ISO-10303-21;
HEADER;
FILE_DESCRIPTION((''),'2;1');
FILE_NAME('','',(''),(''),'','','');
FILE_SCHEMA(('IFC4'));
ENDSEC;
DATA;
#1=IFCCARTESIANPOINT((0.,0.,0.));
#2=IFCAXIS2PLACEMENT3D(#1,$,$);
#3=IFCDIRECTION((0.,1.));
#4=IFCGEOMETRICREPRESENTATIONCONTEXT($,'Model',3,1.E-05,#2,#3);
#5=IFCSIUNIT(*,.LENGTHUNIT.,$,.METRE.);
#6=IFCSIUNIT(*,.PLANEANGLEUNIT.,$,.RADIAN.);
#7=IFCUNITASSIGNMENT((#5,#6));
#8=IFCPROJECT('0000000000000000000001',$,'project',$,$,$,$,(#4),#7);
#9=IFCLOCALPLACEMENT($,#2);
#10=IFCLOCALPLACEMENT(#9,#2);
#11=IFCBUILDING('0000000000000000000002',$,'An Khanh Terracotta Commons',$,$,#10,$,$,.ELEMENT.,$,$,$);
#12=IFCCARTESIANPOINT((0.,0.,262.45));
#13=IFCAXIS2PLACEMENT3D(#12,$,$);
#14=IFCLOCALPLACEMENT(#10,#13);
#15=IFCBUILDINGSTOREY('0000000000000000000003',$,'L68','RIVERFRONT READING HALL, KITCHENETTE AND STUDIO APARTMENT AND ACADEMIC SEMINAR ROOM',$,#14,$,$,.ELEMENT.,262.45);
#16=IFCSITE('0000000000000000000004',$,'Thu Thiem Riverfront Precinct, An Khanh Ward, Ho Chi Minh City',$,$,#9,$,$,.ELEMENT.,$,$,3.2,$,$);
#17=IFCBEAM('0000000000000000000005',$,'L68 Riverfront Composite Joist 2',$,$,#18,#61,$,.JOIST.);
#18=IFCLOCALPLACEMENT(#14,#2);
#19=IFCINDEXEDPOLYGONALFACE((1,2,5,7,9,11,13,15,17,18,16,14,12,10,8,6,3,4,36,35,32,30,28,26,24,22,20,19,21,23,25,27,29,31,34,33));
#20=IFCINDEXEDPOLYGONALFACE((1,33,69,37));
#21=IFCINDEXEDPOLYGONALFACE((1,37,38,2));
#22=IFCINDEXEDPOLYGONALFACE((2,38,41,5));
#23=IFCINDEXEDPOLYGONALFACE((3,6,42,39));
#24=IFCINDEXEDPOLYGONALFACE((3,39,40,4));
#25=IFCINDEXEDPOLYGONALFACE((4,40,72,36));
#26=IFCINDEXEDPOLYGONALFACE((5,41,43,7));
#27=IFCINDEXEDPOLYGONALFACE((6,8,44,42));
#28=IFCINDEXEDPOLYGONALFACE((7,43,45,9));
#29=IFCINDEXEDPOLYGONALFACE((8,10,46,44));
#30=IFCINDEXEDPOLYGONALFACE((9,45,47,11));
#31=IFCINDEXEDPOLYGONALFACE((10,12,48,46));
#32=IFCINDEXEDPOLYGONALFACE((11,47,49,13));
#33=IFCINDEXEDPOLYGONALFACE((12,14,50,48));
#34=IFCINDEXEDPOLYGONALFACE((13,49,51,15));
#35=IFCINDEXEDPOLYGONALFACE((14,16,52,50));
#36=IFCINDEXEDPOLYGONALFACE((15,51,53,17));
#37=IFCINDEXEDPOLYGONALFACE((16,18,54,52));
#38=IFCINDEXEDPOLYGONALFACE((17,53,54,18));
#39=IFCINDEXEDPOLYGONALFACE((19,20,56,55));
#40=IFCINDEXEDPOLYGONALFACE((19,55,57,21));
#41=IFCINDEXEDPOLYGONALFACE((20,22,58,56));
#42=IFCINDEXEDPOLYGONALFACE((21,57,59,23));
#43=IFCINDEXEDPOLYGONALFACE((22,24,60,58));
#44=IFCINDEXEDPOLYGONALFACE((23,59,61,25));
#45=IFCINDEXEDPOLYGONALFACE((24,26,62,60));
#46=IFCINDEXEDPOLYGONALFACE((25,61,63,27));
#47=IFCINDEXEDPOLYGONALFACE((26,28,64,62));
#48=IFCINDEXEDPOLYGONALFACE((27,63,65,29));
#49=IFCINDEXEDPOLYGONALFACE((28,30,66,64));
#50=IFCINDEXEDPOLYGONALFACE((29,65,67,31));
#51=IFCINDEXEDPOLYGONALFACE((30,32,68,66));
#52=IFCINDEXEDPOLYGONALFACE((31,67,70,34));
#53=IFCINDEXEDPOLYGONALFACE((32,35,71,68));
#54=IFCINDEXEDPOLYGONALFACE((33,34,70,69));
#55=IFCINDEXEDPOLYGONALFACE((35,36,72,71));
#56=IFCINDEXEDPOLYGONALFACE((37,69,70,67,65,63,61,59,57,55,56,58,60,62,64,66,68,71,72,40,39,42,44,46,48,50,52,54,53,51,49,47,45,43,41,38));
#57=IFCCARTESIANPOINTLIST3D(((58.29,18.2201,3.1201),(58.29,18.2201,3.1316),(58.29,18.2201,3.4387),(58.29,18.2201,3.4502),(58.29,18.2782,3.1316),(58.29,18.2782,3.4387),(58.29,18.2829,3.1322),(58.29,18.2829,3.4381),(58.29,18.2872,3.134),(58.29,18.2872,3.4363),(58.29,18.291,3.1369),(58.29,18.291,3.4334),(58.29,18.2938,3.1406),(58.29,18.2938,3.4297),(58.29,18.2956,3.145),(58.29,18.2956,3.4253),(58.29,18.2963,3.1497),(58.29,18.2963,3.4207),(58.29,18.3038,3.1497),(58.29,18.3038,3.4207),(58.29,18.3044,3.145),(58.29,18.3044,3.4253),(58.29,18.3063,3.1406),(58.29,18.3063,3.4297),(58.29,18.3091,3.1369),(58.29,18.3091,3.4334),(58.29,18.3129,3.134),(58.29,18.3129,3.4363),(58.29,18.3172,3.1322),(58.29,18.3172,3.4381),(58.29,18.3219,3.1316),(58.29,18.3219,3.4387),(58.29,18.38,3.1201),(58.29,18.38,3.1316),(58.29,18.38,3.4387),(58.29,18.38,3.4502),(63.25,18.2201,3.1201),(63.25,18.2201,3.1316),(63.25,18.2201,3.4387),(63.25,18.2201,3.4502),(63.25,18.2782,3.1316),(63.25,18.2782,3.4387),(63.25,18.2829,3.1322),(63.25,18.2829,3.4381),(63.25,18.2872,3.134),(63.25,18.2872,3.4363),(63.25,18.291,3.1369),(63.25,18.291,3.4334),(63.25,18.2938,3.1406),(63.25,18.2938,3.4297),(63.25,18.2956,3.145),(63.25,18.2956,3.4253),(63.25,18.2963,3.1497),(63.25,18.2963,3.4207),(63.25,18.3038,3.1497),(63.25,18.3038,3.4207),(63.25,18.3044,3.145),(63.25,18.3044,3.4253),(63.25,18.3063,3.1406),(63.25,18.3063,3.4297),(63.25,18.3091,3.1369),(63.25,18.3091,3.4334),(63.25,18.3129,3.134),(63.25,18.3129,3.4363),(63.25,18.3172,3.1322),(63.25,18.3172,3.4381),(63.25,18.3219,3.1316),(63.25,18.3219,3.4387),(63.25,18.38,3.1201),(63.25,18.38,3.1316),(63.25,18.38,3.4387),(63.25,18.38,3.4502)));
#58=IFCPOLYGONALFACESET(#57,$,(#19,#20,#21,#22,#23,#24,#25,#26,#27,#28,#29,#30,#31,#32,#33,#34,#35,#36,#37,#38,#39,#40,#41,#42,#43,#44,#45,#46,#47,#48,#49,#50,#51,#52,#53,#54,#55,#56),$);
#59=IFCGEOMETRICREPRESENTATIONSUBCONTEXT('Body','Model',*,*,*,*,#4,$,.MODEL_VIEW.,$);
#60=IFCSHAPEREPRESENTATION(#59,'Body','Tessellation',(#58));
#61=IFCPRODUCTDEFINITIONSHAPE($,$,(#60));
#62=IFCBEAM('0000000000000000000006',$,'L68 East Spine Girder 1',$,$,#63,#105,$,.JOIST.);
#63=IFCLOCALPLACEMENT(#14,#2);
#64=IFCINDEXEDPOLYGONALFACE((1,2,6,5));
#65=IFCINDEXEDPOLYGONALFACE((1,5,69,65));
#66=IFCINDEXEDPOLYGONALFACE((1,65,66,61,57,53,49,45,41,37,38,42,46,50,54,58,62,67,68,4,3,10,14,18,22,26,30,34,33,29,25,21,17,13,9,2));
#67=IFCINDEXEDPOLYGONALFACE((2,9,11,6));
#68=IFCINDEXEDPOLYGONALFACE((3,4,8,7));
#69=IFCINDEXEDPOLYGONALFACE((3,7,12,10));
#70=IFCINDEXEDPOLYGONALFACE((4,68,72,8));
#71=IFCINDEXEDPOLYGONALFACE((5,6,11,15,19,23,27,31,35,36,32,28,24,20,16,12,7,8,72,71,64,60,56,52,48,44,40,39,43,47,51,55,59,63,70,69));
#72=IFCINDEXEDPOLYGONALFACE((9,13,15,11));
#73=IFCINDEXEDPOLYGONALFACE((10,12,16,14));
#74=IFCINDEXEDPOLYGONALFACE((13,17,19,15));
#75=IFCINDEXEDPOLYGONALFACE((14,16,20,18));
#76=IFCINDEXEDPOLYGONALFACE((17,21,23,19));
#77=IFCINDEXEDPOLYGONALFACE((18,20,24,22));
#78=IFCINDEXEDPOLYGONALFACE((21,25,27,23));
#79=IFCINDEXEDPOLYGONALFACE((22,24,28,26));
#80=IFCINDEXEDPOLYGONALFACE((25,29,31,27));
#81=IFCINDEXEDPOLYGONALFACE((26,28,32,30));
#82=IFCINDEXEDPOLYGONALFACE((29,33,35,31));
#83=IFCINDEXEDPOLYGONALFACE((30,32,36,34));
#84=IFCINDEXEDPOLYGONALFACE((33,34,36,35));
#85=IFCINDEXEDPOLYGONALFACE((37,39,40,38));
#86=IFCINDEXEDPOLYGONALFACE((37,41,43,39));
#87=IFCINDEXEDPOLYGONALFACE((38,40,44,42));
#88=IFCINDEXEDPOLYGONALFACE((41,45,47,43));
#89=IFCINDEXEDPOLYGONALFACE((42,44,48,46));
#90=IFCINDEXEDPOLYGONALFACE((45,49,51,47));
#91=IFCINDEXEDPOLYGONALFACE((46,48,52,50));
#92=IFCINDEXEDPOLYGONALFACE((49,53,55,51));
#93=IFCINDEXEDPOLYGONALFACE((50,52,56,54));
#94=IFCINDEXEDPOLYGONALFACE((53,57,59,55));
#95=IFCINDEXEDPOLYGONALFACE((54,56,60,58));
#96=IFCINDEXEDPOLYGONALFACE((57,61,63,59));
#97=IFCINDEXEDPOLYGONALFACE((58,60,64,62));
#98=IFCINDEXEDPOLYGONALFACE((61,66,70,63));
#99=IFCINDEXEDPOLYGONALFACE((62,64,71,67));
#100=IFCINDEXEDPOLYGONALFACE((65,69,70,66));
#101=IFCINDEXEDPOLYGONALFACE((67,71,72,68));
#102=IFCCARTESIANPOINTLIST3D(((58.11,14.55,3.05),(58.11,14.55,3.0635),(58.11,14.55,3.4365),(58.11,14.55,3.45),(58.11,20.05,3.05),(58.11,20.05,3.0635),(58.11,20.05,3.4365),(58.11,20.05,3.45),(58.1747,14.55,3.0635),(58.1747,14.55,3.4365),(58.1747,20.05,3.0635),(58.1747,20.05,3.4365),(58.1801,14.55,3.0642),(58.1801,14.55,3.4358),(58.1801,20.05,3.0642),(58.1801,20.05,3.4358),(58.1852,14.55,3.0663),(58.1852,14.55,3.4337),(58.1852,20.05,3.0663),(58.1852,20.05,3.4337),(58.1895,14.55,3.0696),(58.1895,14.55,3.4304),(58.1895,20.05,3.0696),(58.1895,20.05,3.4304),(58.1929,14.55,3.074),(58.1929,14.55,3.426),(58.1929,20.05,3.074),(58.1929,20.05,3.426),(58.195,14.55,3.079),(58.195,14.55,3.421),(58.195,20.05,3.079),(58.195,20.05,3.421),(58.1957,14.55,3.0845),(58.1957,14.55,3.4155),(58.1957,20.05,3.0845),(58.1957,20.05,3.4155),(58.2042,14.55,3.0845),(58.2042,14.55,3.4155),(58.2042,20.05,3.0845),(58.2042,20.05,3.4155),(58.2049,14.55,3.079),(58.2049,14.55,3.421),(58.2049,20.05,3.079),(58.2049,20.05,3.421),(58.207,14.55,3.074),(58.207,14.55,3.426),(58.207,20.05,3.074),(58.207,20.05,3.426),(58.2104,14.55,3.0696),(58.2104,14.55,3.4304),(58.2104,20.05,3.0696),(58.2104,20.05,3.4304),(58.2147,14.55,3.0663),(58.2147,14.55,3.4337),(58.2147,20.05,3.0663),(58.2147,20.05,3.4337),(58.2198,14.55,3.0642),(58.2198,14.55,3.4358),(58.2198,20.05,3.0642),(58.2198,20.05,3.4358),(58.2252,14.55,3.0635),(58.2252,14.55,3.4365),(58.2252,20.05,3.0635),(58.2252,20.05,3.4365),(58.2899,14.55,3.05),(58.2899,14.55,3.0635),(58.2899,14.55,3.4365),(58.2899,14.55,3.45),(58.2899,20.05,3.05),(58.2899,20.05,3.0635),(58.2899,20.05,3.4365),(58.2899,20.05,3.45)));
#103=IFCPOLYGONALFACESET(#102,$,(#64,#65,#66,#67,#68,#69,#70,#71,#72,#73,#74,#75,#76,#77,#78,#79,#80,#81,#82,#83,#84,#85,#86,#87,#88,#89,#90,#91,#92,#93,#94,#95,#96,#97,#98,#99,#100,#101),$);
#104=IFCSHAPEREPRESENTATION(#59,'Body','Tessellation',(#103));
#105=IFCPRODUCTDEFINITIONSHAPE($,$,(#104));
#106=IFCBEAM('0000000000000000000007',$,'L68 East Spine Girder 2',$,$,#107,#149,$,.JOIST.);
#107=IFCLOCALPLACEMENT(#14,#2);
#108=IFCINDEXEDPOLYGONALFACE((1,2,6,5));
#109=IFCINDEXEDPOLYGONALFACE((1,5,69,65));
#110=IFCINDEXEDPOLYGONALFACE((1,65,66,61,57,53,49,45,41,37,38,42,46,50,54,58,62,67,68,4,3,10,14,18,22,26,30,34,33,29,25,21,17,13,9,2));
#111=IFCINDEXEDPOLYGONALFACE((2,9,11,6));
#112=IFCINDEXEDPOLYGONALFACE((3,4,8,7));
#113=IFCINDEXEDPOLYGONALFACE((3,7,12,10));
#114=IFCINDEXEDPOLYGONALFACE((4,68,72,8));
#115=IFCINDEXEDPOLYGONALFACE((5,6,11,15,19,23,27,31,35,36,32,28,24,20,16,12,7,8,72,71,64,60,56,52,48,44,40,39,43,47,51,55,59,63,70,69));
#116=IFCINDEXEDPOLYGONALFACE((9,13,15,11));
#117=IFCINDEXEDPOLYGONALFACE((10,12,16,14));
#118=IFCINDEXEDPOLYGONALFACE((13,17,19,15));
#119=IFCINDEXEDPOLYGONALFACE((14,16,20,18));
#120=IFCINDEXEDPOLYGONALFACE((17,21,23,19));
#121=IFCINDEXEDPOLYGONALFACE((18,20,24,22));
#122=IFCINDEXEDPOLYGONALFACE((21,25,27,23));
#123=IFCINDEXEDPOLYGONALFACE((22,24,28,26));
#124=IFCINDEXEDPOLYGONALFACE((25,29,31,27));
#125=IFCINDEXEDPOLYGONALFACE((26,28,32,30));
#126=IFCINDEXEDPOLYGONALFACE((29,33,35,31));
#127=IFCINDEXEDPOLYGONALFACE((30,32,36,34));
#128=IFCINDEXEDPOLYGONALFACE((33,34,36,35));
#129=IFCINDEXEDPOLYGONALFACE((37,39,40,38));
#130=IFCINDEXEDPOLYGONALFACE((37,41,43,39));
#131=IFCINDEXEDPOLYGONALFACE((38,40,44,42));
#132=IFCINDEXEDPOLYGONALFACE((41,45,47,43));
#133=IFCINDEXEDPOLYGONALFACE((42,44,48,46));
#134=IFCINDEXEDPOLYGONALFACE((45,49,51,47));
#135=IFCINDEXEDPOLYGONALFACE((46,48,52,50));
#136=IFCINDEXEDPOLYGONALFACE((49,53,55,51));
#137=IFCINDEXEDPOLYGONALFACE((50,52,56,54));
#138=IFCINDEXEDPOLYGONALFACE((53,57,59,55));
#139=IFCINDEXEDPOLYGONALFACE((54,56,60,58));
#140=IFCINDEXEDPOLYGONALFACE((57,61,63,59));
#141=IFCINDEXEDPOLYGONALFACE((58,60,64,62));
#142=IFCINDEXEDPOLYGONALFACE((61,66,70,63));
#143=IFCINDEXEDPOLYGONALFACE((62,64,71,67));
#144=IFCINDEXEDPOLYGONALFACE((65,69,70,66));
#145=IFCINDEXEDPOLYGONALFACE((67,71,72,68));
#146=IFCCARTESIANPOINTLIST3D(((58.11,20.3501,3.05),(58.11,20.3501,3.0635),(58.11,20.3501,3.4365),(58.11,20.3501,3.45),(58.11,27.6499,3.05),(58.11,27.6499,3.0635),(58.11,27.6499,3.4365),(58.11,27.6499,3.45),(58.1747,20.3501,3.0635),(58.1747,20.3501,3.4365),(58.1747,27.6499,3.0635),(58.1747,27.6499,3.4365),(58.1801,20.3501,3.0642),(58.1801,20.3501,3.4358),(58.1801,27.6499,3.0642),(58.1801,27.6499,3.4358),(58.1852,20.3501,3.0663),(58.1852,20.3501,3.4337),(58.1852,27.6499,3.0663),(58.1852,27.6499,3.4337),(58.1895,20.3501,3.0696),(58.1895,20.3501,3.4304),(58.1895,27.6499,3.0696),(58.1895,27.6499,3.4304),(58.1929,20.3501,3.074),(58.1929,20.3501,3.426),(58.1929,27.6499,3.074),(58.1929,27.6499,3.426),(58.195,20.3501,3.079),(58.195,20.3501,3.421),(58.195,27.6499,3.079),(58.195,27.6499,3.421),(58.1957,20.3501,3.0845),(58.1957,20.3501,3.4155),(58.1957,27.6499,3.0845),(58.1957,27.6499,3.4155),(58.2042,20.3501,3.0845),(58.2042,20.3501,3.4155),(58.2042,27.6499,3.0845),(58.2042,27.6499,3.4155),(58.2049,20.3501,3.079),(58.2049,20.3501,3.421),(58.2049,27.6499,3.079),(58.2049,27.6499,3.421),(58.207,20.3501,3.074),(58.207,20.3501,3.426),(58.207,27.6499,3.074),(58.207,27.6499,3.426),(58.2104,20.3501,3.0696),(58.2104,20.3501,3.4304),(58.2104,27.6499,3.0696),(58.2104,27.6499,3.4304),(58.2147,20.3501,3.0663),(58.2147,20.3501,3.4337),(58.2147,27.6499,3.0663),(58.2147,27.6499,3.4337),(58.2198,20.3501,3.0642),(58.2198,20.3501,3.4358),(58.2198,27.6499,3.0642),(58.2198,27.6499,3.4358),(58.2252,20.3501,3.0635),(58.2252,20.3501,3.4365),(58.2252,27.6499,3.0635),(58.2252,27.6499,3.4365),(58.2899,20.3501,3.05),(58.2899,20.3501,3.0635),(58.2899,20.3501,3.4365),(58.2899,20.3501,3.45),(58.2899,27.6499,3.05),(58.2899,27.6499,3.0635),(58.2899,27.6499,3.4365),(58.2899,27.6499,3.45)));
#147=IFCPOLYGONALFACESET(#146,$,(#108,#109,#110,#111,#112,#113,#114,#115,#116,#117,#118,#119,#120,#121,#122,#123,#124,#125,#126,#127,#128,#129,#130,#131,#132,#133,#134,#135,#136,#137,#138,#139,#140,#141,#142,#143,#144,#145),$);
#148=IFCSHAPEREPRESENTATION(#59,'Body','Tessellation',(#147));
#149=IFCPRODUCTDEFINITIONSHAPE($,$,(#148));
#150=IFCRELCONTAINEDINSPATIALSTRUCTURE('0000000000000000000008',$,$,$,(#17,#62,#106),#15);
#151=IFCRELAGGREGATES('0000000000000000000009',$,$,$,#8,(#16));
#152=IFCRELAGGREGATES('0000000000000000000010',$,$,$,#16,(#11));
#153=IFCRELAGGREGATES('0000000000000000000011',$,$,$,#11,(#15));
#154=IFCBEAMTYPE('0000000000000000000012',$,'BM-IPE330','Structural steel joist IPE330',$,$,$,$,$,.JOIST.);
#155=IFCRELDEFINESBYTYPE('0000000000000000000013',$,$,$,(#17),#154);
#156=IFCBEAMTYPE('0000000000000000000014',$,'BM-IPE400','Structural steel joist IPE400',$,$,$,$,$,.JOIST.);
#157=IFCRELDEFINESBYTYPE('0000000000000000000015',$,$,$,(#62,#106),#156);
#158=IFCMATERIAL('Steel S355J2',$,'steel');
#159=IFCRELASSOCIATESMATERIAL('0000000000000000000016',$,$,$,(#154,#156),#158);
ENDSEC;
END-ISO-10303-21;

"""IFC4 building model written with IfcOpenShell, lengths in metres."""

from ifc_helpers import new_model, si_unit, direction, frame, origin, origin_2d, place, context, subcontext, project, spatial, i_section, extrude, material, material_profile, profile_set, type_object, element, save


model = new_model("IFC4")

# Units and contexts
model_context = context("Model", 3, precision=1e-05, world=origin(), true_north=direction((0.0, 1.0)))
body_context = subcontext(model_context, "Body", "Model", "MODEL_VIEW")
ifc_project = project(units=[si_unit("LENGTHUNIT", "METRE"), si_unit("PLANEANGLEUNIT", "RADIAN")], contexts=[model_context])

# Site, building, storey
site_placement = place(None, origin())
site = spatial("IfcSite", under=ifc_project, at=site_placement, Name="Thu Thiem Riverfront Precinct, An Khanh Ward, Ho Chi Minh City", CompositionType="ELEMENT", RefElevation=3.2)
building_placement = place(site_placement, origin())
building = spatial("IfcBuilding", under=site, at=building_placement, Name="An Khanh Terracotta Commons", CompositionType="ELEMENT")
storey_placement = place(building_placement, frame((0.0, 0.0, 262.45)))
storey = spatial("IfcBuildingStorey", under=building, at=storey_placement, Name="L68", Description="RIVERFRONT READING HALL, KITCHENETTE AND STUDIO APARTMENT AND ACADEMIC SEMINAR ROOM", CompositionType="ELEMENT", Elevation=262.45)

# Beams
ifc_material_1 = material(Name="Steel S355J2", Category="steel")
ifc_material_profile_1 = material_profile(ifc_material_1, i_section(OverallWidth=0.1599, OverallDepth=0.3301, WebThickness=0.0076, FlangeThickness=0.0115, FilletRadius=0.0181, at=origin_2d()), Name="IPE330")
ifc_profile_set_1 = profile_set([ifc_material_profile_1], Name="Steel S355J2")
beam_type_1 = type_object("IfcBeamType", Name="BM-IPE330", Description="Structural steel joist IPE330", PredefinedType="JOIST", material=ifc_profile_set_1)
for number, where, z_axis, x_axis, name in (
    (1, (58.29, 18.3, 3.2852), (1.0, 0.0, 0.0), (0.0, 1.0, 0.0), "L68 Riverfront Composite Joist 2"),
):
    element("IfcBeam", number, at=place(storey_placement, frame(where, z_axis=z_axis, x_axis=x_axis)), inside=storey, type_object=beam_type_1, Name=name, PredefinedType="JOIST", context=body_context, shape_type="SweptSolid", body=[
        extrude(i_section(OverallWidth=0.1599, OverallDepth=0.3301, WebThickness=0.0076, FlangeThickness=0.0115, FilletRadius=0.0181, at=origin_2d()), origin(), (0.0, 0.0, 1.0), 4.96),
    ])
ifc_material_profile_2 = material_profile(ifc_material_1, i_section(OverallWidth=0.1799, OverallDepth=0.3999, WebThickness=0.0085, FlangeThickness=0.0134, FilletRadius=0.021, at=origin_2d()), Name="IPE400")
ifc_profile_set_2 = profile_set([ifc_material_profile_2], Name="Steel S355J2")
beam_type_2 = type_object("IfcBeamType", Name="BM-IPE400", Description="Structural steel joist IPE400", PredefinedType="JOIST", material=ifc_profile_set_2)
beam_1_placement = place(storey_placement, frame((58.2, 14.55, 3.25), z_axis=(0.0, 1.0, 0.0), x_axis=(-1.0, 0.0, 0.0)))
element("IfcBeam", 2, at=beam_1_placement, inside=storey, type_object=beam_type_2, Name="L68 East Spine Girder 1", PredefinedType="JOIST", context=body_context, shape_type="SweptSolid", body=[
    extrude(i_section(OverallWidth=0.1799, OverallDepth=0.3999, WebThickness=0.0085, FlangeThickness=0.0134, FilletRadius=0.021, at=origin_2d()), origin(), (0.0, 0.0, 1.0), 5.5),
])
beam_2_placement = place(storey_placement, frame((58.2, 20.3501, 3.25), z_axis=(0.0, 1.0, 0.0), x_axis=(-1.0, 0.0, 0.0)))
element("IfcBeam", 3, at=beam_2_placement, inside=storey, type_object=beam_type_2, Name="L68 East Spine Girder 2", PredefinedType="JOIST", context=body_context, shape_type="SweptSolid", body=[
    extrude(i_section(OverallWidth=0.1799, OverallDepth=0.3999, WebThickness=0.0085, FlangeThickness=0.0134, FilletRadius=0.021, at=origin_2d()), origin(), (0.0, 0.0, 1.0), 7.2998),
])

save(model, "model.ifc")
